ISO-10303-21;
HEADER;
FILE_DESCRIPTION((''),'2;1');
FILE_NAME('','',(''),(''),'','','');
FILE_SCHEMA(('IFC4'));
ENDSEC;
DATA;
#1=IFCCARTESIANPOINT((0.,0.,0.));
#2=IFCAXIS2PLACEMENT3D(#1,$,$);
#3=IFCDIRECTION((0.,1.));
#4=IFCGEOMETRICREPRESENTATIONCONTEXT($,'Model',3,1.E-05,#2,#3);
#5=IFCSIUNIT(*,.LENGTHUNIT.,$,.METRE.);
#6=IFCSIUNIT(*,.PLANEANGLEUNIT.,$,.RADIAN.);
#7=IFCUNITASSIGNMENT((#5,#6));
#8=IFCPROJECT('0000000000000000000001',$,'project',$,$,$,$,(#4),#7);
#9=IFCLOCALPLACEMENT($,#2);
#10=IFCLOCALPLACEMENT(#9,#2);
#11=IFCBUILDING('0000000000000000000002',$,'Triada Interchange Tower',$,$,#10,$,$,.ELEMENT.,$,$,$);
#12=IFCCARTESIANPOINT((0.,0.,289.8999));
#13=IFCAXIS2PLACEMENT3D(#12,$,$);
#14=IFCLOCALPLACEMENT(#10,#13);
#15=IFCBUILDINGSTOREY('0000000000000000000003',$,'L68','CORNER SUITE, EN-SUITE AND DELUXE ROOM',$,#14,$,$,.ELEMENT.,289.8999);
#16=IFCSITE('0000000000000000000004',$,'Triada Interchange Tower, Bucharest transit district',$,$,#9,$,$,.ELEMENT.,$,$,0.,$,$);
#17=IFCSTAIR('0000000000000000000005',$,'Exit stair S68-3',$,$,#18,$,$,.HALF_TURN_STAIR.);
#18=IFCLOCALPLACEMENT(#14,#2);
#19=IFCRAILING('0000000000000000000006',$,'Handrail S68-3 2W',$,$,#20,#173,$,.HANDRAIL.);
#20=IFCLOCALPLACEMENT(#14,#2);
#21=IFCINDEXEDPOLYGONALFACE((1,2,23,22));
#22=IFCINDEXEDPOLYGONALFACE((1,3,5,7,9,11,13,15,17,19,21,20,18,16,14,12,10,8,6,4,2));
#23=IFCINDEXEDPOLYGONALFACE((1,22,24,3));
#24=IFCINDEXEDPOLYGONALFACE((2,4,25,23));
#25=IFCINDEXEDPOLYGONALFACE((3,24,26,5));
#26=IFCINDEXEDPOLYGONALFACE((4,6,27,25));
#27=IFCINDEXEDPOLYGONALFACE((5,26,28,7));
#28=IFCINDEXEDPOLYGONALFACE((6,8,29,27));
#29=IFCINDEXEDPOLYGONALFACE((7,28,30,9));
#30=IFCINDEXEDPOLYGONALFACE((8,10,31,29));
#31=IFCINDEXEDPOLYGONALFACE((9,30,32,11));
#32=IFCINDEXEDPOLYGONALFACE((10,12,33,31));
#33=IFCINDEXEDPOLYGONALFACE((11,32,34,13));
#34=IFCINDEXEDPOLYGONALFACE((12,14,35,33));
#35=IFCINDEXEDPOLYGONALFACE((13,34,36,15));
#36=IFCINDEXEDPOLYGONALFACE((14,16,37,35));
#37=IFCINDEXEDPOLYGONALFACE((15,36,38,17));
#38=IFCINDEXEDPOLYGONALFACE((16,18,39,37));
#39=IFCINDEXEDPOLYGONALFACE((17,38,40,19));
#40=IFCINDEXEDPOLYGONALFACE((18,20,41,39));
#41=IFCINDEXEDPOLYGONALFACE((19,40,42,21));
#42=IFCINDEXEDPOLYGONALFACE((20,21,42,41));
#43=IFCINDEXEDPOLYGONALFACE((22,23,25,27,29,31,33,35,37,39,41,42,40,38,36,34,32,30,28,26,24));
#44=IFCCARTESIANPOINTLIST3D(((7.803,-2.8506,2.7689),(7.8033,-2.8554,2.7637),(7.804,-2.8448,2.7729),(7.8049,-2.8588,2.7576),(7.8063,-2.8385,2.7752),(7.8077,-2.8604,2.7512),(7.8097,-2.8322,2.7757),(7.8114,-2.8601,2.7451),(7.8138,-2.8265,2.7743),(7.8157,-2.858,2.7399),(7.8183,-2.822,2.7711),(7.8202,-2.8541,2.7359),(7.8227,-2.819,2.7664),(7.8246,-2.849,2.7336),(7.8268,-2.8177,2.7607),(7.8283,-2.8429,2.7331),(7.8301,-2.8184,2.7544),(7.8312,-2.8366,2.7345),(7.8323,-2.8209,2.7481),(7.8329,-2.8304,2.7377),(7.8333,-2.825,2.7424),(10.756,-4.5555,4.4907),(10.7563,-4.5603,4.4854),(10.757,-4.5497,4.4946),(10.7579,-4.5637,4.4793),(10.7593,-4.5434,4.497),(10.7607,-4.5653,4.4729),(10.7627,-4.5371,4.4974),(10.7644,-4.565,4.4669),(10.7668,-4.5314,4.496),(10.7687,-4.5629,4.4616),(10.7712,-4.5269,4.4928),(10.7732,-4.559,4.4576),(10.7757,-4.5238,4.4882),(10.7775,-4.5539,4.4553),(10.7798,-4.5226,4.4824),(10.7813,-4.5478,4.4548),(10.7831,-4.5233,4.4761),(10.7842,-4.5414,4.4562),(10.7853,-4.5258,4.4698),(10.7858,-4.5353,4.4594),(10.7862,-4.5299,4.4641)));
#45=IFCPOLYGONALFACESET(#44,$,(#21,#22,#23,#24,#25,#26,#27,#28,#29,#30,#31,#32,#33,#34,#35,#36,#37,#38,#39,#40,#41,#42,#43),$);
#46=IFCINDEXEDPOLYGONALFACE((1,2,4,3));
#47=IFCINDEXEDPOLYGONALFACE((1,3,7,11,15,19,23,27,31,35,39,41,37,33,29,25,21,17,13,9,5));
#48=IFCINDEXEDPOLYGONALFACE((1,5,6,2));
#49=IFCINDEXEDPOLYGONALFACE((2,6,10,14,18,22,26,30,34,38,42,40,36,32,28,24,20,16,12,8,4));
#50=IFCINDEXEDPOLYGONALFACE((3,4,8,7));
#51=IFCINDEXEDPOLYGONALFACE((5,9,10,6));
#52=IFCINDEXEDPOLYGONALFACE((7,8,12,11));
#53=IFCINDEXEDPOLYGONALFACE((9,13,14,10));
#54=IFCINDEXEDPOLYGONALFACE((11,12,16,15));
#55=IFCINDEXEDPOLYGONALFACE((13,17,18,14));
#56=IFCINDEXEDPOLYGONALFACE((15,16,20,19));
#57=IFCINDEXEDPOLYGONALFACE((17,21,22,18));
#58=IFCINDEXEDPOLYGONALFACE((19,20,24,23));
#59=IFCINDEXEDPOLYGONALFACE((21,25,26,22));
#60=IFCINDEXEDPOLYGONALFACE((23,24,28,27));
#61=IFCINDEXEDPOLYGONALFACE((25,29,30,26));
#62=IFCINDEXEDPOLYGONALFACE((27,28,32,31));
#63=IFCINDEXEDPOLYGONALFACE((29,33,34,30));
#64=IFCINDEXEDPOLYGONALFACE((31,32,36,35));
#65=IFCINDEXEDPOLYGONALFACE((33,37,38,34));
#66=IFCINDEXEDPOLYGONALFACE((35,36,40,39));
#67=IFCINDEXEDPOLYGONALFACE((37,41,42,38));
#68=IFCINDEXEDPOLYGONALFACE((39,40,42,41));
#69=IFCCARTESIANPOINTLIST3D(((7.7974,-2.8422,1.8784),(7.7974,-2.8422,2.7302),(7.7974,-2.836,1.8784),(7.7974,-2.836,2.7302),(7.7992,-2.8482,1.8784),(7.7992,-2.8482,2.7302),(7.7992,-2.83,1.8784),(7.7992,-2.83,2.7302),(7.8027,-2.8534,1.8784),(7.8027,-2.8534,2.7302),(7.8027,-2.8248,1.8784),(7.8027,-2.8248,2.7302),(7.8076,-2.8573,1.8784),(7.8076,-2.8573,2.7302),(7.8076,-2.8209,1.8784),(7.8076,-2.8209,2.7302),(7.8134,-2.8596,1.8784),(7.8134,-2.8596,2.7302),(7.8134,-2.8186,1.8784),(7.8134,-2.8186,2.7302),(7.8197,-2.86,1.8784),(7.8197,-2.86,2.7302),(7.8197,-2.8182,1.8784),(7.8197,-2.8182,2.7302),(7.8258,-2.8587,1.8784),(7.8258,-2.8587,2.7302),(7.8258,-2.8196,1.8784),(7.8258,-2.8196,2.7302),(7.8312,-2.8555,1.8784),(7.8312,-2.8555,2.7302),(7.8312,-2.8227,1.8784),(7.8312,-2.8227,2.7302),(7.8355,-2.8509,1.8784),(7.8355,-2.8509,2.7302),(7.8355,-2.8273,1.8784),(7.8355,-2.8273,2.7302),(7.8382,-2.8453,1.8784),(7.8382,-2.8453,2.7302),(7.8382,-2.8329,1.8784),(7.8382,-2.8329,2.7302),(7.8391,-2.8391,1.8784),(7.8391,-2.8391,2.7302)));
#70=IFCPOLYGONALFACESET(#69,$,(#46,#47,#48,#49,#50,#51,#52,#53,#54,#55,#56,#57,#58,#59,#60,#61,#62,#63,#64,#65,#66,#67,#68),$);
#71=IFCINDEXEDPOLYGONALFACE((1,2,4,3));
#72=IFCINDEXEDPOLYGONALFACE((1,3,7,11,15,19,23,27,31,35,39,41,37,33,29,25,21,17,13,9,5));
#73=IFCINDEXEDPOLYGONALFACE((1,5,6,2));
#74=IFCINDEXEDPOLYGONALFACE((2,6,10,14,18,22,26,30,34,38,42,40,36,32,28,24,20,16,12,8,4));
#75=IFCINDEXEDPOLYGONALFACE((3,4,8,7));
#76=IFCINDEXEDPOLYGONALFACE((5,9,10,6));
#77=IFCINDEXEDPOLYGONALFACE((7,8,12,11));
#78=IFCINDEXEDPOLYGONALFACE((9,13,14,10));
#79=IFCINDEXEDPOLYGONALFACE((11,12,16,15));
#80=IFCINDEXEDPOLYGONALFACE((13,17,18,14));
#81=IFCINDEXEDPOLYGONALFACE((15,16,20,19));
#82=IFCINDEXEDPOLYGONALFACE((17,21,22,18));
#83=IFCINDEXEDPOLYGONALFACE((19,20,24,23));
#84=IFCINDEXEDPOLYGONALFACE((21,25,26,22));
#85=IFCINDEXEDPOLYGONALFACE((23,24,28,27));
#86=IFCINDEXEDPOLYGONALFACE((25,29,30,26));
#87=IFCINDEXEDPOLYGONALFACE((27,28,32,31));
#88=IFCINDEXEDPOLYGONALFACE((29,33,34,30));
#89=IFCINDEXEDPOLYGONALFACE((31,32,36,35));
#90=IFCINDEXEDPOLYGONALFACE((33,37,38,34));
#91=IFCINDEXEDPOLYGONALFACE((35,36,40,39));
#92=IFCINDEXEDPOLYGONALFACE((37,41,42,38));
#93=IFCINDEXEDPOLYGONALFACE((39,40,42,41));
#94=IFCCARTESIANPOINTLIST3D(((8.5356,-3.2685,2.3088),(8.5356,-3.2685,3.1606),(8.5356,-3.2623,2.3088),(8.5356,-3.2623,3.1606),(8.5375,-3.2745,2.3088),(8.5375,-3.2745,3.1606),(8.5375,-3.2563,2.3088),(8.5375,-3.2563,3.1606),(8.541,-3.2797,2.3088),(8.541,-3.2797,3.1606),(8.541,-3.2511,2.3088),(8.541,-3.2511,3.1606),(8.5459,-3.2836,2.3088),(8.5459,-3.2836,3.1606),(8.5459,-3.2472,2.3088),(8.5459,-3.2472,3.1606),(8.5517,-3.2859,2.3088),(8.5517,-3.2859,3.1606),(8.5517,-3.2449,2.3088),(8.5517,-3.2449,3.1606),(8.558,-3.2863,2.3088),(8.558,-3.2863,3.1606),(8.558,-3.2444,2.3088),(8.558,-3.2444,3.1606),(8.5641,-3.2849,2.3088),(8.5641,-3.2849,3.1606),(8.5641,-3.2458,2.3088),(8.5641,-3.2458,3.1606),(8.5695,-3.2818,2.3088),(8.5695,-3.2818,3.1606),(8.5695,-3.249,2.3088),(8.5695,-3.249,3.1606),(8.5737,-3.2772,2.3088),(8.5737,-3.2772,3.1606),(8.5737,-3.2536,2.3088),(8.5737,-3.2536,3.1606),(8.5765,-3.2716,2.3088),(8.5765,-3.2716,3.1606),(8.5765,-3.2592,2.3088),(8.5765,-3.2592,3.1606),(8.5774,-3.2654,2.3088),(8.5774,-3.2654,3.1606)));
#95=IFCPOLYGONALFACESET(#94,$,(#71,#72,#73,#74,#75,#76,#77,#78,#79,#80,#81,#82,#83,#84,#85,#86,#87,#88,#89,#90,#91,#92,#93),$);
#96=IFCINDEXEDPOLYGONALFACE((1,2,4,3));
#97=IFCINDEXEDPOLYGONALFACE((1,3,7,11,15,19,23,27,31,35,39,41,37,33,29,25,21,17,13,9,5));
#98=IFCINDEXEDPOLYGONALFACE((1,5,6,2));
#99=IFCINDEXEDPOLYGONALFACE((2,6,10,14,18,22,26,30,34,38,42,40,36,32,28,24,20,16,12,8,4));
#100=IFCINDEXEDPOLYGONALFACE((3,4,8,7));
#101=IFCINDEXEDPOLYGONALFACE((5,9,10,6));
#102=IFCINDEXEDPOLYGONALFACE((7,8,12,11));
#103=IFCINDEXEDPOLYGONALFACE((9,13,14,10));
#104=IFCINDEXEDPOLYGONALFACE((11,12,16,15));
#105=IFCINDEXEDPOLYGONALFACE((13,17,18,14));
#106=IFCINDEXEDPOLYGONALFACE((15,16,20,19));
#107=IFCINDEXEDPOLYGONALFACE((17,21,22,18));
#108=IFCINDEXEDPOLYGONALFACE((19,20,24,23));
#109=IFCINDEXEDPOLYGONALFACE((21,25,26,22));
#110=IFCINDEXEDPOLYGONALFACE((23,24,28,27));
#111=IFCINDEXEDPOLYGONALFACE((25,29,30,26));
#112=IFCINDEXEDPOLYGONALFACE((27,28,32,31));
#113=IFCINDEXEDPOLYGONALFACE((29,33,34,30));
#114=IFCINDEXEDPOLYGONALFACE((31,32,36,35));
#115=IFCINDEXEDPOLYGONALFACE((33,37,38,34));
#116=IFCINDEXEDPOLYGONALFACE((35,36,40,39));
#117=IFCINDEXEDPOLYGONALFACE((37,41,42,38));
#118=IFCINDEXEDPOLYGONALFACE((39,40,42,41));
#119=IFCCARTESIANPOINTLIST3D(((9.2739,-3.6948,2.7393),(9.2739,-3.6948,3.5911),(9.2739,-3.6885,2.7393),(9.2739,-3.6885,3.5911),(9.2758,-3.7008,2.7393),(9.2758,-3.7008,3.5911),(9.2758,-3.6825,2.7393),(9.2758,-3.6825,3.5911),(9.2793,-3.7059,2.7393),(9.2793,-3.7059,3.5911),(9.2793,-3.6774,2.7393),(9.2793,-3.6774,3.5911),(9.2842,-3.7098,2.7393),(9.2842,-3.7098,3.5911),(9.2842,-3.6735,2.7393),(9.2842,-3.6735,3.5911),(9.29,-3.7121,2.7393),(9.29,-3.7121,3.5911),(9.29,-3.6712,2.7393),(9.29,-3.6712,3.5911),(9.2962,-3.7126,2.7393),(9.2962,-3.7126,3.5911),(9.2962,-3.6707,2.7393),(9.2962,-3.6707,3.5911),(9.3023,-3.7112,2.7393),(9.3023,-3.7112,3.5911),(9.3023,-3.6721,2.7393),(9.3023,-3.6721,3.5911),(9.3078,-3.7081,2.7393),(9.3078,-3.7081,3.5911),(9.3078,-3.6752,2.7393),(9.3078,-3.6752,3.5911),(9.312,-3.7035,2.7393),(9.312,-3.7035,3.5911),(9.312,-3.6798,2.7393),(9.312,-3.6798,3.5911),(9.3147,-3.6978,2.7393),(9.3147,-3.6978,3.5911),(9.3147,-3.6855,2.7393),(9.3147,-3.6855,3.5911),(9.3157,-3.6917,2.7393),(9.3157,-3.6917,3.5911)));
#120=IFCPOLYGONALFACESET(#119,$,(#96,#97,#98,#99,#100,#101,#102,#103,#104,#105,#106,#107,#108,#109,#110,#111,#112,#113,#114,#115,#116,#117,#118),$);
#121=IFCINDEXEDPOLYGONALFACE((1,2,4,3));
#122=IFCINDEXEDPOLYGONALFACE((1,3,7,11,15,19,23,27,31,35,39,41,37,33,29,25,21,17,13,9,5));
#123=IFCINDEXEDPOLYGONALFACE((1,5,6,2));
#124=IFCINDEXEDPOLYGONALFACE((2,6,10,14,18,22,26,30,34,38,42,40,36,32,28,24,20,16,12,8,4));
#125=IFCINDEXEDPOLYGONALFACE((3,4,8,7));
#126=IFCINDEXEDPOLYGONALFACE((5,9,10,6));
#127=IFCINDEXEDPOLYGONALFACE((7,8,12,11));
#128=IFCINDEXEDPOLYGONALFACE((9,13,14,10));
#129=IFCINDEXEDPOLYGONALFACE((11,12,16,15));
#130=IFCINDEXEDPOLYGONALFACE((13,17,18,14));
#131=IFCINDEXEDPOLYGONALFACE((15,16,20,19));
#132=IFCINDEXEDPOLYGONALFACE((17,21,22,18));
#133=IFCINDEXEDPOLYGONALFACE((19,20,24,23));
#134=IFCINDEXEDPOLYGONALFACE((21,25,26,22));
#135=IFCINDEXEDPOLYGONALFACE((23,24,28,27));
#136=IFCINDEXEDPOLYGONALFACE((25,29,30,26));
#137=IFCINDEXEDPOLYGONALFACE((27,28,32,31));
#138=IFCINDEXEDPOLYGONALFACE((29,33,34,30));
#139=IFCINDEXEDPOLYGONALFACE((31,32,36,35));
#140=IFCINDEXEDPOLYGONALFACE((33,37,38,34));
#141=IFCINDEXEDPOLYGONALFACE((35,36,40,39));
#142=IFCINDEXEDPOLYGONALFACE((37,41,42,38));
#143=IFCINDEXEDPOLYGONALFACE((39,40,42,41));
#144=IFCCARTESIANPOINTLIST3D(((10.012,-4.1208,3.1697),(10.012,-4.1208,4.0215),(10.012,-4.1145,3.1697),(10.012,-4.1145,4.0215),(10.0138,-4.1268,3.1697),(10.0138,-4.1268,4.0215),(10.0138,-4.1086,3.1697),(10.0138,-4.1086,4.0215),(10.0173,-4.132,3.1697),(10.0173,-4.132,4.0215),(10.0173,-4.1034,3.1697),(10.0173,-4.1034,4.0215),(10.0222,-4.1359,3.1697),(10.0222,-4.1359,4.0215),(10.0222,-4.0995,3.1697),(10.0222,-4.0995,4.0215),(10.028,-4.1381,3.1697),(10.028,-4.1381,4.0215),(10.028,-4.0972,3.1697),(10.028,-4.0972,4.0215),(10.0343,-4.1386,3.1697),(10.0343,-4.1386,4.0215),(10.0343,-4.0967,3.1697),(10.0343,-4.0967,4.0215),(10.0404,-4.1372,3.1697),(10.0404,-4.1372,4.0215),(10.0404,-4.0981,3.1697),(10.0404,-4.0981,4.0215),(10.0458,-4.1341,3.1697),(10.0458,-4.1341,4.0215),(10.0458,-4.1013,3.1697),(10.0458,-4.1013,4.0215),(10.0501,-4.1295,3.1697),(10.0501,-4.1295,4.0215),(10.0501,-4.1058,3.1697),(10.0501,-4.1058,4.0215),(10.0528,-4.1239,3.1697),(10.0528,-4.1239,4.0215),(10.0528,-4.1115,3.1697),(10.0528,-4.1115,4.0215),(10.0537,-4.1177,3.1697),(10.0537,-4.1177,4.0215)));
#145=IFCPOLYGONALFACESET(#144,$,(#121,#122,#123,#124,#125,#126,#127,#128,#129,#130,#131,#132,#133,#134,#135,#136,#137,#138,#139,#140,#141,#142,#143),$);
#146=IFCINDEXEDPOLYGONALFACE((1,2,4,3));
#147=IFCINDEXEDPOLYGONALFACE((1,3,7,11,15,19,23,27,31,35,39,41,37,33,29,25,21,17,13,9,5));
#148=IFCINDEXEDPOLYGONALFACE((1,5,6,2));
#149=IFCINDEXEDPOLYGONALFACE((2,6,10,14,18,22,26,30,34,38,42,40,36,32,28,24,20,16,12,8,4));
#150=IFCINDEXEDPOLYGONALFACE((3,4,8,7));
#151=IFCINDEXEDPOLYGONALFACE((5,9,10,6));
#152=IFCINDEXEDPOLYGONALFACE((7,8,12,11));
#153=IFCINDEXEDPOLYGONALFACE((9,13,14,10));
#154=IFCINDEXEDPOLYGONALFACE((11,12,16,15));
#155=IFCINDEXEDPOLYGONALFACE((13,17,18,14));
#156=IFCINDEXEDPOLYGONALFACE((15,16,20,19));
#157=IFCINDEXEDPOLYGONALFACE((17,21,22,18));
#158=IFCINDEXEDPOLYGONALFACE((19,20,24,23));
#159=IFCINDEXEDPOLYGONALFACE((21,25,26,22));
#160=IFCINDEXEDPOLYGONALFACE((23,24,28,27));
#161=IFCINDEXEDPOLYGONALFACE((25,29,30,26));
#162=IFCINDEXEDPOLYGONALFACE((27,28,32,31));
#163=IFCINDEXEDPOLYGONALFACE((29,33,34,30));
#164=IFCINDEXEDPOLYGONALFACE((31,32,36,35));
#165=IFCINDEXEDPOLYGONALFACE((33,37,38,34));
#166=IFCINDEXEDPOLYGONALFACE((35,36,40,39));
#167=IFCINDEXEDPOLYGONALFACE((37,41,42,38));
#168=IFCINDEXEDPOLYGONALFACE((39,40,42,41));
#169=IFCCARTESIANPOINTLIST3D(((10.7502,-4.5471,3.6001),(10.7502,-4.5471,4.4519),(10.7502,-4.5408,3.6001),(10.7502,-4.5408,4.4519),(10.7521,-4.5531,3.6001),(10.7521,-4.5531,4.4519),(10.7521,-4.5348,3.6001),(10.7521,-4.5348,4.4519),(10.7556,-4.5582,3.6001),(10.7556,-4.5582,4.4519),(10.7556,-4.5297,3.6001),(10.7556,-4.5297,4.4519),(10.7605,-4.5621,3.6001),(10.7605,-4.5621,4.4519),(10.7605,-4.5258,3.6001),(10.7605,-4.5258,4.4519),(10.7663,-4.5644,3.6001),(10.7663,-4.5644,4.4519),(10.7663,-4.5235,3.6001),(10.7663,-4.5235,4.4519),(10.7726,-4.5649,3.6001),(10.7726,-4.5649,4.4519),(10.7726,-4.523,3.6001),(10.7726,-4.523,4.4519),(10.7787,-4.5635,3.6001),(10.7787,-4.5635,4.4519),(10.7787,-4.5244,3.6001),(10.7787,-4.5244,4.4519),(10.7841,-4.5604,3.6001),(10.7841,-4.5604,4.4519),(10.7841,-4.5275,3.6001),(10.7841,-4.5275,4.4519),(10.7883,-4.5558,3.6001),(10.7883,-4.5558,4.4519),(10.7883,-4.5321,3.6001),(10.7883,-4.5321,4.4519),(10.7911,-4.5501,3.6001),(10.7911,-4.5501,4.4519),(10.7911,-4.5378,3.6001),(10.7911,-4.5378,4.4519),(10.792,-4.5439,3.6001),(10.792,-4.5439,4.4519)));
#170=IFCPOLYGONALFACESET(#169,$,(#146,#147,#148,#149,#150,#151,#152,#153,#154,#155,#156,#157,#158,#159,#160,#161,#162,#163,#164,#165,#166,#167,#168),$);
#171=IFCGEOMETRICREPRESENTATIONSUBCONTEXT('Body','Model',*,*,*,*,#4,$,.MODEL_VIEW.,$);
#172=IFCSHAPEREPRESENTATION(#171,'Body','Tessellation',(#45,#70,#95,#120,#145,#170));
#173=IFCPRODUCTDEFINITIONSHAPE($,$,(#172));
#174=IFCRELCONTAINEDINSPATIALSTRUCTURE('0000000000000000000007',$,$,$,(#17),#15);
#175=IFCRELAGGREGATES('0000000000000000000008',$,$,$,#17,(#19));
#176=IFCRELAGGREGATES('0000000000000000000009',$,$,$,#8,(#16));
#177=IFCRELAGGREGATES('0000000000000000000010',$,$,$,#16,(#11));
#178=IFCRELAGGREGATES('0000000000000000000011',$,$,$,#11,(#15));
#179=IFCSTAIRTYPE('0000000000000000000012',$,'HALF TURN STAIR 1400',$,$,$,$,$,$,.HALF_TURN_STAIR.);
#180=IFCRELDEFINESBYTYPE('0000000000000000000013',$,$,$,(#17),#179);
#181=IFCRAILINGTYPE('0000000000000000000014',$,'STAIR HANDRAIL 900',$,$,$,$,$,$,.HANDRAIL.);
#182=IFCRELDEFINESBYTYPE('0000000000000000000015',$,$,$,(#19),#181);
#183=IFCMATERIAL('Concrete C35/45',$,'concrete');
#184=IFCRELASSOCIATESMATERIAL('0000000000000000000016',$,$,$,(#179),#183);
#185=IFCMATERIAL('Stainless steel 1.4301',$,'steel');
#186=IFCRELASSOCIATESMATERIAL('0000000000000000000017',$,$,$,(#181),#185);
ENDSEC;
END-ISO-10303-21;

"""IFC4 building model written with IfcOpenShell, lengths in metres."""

from ifc_helpers import new_model, si_unit, direction, frame, origin, origin_2d, place, context, subcontext, project, spatial, circle, extrude, material, type_object, element, aggregate, save


model = new_model("IFC4")

# Units and contexts
model_context = context("Model", 3, precision=1e-05, world=origin(), true_north=direction((0.0, 1.0)))
body_context = subcontext(model_context, "Body", "Model", "MODEL_VIEW")
ifc_project = project(units=[si_unit("LENGTHUNIT", "METRE"), si_unit("PLANEANGLEUNIT", "RADIAN")], contexts=[model_context])

# Site, building, storey
site_placement = place(None, origin())
site = spatial("IfcSite", under=ifc_project, at=site_placement, Name="Triada Interchange Tower, Bucharest transit district", CompositionType="ELEMENT", RefElevation=0.0)
building_placement = place(site_placement, origin())
building = spatial("IfcBuilding", under=site, at=building_placement, Name="Triada Interchange Tower", CompositionType="ELEMENT")
storey_placement = place(building_placement, frame((0.0, 0.0, 289.8999)))
storey = spatial("IfcBuildingStorey", under=building, at=storey_placement, Name="L68", Description="CORNER SUITE, EN-SUITE AND DELUXE ROOM", CompositionType="ELEMENT", Elevation=289.8999)

# Stair, railing
ifc_material_1 = material(Name="Concrete C35/45", Category="concrete")
stair_type = type_object("IfcStairType", Name="HALF TURN STAIR 1400", PredefinedType="HALF_TURN_STAIR", material=ifc_material_1)
stair_placement = place(storey_placement, origin())
stair = element("IfcStair", 1, at=stair_placement, inside=storey, type_object=stair_type, Name="Exit stair S68-3", PredefinedType="HALF_TURN_STAIR")
ifc_material_2 = material(Name="Stainless steel 1.4301", Category="steel")
railing_type = type_object("IfcRailingType", Name="STAIR HANDRAIL 900", PredefinedType="HANDRAIL", material=ifc_material_2)
railing_1_placement = place(storey_placement, frame((7.8181, -2.8391, 1.8784)))
railing_1 = element("IfcRailing", 2, at=railing_1_placement, type_object=railing_type, Name="Handrail S68-3 2W", PredefinedType="HANDRAIL", context=body_context, shape_type="SweptSolid", body=[
    extrude(circle(Radius=0.0239, at=origin_2d()), frame((0.0, 0.0, 0.876), z_axis=(0.773065, -0.446326, 0.450736), x_axis=(0.499997, 0.866027, 0.0)), (0.0, 0.0, 1.0), 3.8198),
    extrude(circle(Radius=0.021, at=origin_2d()), origin(), (0.0, 0.0, 1.0), 0.8518),
    extrude(circle(Radius=0.021, at=origin_2d()), frame((0.7383, -0.4263, 0.4304)), (0.0, 0.0, 1.0), 0.8518),
    extrude(circle(Radius=0.021, at=origin_2d()), frame((1.4766, -0.8525, 0.8608)), (0.0, 0.0, 1.0), 0.8518),
    extrude(circle(Radius=0.021, at=origin_2d()), frame((2.2146, -1.2786, 1.2913)), (0.0, 0.0, 1.0), 0.8518),
    extrude(circle(Radius=0.021, at=origin_2d()), frame((2.9529, -1.7048, 1.7217)), (0.0, 0.0, 1.0), 0.8518),
])
aggregate(stair, [railing_1])

save(model, "model.ifc")
